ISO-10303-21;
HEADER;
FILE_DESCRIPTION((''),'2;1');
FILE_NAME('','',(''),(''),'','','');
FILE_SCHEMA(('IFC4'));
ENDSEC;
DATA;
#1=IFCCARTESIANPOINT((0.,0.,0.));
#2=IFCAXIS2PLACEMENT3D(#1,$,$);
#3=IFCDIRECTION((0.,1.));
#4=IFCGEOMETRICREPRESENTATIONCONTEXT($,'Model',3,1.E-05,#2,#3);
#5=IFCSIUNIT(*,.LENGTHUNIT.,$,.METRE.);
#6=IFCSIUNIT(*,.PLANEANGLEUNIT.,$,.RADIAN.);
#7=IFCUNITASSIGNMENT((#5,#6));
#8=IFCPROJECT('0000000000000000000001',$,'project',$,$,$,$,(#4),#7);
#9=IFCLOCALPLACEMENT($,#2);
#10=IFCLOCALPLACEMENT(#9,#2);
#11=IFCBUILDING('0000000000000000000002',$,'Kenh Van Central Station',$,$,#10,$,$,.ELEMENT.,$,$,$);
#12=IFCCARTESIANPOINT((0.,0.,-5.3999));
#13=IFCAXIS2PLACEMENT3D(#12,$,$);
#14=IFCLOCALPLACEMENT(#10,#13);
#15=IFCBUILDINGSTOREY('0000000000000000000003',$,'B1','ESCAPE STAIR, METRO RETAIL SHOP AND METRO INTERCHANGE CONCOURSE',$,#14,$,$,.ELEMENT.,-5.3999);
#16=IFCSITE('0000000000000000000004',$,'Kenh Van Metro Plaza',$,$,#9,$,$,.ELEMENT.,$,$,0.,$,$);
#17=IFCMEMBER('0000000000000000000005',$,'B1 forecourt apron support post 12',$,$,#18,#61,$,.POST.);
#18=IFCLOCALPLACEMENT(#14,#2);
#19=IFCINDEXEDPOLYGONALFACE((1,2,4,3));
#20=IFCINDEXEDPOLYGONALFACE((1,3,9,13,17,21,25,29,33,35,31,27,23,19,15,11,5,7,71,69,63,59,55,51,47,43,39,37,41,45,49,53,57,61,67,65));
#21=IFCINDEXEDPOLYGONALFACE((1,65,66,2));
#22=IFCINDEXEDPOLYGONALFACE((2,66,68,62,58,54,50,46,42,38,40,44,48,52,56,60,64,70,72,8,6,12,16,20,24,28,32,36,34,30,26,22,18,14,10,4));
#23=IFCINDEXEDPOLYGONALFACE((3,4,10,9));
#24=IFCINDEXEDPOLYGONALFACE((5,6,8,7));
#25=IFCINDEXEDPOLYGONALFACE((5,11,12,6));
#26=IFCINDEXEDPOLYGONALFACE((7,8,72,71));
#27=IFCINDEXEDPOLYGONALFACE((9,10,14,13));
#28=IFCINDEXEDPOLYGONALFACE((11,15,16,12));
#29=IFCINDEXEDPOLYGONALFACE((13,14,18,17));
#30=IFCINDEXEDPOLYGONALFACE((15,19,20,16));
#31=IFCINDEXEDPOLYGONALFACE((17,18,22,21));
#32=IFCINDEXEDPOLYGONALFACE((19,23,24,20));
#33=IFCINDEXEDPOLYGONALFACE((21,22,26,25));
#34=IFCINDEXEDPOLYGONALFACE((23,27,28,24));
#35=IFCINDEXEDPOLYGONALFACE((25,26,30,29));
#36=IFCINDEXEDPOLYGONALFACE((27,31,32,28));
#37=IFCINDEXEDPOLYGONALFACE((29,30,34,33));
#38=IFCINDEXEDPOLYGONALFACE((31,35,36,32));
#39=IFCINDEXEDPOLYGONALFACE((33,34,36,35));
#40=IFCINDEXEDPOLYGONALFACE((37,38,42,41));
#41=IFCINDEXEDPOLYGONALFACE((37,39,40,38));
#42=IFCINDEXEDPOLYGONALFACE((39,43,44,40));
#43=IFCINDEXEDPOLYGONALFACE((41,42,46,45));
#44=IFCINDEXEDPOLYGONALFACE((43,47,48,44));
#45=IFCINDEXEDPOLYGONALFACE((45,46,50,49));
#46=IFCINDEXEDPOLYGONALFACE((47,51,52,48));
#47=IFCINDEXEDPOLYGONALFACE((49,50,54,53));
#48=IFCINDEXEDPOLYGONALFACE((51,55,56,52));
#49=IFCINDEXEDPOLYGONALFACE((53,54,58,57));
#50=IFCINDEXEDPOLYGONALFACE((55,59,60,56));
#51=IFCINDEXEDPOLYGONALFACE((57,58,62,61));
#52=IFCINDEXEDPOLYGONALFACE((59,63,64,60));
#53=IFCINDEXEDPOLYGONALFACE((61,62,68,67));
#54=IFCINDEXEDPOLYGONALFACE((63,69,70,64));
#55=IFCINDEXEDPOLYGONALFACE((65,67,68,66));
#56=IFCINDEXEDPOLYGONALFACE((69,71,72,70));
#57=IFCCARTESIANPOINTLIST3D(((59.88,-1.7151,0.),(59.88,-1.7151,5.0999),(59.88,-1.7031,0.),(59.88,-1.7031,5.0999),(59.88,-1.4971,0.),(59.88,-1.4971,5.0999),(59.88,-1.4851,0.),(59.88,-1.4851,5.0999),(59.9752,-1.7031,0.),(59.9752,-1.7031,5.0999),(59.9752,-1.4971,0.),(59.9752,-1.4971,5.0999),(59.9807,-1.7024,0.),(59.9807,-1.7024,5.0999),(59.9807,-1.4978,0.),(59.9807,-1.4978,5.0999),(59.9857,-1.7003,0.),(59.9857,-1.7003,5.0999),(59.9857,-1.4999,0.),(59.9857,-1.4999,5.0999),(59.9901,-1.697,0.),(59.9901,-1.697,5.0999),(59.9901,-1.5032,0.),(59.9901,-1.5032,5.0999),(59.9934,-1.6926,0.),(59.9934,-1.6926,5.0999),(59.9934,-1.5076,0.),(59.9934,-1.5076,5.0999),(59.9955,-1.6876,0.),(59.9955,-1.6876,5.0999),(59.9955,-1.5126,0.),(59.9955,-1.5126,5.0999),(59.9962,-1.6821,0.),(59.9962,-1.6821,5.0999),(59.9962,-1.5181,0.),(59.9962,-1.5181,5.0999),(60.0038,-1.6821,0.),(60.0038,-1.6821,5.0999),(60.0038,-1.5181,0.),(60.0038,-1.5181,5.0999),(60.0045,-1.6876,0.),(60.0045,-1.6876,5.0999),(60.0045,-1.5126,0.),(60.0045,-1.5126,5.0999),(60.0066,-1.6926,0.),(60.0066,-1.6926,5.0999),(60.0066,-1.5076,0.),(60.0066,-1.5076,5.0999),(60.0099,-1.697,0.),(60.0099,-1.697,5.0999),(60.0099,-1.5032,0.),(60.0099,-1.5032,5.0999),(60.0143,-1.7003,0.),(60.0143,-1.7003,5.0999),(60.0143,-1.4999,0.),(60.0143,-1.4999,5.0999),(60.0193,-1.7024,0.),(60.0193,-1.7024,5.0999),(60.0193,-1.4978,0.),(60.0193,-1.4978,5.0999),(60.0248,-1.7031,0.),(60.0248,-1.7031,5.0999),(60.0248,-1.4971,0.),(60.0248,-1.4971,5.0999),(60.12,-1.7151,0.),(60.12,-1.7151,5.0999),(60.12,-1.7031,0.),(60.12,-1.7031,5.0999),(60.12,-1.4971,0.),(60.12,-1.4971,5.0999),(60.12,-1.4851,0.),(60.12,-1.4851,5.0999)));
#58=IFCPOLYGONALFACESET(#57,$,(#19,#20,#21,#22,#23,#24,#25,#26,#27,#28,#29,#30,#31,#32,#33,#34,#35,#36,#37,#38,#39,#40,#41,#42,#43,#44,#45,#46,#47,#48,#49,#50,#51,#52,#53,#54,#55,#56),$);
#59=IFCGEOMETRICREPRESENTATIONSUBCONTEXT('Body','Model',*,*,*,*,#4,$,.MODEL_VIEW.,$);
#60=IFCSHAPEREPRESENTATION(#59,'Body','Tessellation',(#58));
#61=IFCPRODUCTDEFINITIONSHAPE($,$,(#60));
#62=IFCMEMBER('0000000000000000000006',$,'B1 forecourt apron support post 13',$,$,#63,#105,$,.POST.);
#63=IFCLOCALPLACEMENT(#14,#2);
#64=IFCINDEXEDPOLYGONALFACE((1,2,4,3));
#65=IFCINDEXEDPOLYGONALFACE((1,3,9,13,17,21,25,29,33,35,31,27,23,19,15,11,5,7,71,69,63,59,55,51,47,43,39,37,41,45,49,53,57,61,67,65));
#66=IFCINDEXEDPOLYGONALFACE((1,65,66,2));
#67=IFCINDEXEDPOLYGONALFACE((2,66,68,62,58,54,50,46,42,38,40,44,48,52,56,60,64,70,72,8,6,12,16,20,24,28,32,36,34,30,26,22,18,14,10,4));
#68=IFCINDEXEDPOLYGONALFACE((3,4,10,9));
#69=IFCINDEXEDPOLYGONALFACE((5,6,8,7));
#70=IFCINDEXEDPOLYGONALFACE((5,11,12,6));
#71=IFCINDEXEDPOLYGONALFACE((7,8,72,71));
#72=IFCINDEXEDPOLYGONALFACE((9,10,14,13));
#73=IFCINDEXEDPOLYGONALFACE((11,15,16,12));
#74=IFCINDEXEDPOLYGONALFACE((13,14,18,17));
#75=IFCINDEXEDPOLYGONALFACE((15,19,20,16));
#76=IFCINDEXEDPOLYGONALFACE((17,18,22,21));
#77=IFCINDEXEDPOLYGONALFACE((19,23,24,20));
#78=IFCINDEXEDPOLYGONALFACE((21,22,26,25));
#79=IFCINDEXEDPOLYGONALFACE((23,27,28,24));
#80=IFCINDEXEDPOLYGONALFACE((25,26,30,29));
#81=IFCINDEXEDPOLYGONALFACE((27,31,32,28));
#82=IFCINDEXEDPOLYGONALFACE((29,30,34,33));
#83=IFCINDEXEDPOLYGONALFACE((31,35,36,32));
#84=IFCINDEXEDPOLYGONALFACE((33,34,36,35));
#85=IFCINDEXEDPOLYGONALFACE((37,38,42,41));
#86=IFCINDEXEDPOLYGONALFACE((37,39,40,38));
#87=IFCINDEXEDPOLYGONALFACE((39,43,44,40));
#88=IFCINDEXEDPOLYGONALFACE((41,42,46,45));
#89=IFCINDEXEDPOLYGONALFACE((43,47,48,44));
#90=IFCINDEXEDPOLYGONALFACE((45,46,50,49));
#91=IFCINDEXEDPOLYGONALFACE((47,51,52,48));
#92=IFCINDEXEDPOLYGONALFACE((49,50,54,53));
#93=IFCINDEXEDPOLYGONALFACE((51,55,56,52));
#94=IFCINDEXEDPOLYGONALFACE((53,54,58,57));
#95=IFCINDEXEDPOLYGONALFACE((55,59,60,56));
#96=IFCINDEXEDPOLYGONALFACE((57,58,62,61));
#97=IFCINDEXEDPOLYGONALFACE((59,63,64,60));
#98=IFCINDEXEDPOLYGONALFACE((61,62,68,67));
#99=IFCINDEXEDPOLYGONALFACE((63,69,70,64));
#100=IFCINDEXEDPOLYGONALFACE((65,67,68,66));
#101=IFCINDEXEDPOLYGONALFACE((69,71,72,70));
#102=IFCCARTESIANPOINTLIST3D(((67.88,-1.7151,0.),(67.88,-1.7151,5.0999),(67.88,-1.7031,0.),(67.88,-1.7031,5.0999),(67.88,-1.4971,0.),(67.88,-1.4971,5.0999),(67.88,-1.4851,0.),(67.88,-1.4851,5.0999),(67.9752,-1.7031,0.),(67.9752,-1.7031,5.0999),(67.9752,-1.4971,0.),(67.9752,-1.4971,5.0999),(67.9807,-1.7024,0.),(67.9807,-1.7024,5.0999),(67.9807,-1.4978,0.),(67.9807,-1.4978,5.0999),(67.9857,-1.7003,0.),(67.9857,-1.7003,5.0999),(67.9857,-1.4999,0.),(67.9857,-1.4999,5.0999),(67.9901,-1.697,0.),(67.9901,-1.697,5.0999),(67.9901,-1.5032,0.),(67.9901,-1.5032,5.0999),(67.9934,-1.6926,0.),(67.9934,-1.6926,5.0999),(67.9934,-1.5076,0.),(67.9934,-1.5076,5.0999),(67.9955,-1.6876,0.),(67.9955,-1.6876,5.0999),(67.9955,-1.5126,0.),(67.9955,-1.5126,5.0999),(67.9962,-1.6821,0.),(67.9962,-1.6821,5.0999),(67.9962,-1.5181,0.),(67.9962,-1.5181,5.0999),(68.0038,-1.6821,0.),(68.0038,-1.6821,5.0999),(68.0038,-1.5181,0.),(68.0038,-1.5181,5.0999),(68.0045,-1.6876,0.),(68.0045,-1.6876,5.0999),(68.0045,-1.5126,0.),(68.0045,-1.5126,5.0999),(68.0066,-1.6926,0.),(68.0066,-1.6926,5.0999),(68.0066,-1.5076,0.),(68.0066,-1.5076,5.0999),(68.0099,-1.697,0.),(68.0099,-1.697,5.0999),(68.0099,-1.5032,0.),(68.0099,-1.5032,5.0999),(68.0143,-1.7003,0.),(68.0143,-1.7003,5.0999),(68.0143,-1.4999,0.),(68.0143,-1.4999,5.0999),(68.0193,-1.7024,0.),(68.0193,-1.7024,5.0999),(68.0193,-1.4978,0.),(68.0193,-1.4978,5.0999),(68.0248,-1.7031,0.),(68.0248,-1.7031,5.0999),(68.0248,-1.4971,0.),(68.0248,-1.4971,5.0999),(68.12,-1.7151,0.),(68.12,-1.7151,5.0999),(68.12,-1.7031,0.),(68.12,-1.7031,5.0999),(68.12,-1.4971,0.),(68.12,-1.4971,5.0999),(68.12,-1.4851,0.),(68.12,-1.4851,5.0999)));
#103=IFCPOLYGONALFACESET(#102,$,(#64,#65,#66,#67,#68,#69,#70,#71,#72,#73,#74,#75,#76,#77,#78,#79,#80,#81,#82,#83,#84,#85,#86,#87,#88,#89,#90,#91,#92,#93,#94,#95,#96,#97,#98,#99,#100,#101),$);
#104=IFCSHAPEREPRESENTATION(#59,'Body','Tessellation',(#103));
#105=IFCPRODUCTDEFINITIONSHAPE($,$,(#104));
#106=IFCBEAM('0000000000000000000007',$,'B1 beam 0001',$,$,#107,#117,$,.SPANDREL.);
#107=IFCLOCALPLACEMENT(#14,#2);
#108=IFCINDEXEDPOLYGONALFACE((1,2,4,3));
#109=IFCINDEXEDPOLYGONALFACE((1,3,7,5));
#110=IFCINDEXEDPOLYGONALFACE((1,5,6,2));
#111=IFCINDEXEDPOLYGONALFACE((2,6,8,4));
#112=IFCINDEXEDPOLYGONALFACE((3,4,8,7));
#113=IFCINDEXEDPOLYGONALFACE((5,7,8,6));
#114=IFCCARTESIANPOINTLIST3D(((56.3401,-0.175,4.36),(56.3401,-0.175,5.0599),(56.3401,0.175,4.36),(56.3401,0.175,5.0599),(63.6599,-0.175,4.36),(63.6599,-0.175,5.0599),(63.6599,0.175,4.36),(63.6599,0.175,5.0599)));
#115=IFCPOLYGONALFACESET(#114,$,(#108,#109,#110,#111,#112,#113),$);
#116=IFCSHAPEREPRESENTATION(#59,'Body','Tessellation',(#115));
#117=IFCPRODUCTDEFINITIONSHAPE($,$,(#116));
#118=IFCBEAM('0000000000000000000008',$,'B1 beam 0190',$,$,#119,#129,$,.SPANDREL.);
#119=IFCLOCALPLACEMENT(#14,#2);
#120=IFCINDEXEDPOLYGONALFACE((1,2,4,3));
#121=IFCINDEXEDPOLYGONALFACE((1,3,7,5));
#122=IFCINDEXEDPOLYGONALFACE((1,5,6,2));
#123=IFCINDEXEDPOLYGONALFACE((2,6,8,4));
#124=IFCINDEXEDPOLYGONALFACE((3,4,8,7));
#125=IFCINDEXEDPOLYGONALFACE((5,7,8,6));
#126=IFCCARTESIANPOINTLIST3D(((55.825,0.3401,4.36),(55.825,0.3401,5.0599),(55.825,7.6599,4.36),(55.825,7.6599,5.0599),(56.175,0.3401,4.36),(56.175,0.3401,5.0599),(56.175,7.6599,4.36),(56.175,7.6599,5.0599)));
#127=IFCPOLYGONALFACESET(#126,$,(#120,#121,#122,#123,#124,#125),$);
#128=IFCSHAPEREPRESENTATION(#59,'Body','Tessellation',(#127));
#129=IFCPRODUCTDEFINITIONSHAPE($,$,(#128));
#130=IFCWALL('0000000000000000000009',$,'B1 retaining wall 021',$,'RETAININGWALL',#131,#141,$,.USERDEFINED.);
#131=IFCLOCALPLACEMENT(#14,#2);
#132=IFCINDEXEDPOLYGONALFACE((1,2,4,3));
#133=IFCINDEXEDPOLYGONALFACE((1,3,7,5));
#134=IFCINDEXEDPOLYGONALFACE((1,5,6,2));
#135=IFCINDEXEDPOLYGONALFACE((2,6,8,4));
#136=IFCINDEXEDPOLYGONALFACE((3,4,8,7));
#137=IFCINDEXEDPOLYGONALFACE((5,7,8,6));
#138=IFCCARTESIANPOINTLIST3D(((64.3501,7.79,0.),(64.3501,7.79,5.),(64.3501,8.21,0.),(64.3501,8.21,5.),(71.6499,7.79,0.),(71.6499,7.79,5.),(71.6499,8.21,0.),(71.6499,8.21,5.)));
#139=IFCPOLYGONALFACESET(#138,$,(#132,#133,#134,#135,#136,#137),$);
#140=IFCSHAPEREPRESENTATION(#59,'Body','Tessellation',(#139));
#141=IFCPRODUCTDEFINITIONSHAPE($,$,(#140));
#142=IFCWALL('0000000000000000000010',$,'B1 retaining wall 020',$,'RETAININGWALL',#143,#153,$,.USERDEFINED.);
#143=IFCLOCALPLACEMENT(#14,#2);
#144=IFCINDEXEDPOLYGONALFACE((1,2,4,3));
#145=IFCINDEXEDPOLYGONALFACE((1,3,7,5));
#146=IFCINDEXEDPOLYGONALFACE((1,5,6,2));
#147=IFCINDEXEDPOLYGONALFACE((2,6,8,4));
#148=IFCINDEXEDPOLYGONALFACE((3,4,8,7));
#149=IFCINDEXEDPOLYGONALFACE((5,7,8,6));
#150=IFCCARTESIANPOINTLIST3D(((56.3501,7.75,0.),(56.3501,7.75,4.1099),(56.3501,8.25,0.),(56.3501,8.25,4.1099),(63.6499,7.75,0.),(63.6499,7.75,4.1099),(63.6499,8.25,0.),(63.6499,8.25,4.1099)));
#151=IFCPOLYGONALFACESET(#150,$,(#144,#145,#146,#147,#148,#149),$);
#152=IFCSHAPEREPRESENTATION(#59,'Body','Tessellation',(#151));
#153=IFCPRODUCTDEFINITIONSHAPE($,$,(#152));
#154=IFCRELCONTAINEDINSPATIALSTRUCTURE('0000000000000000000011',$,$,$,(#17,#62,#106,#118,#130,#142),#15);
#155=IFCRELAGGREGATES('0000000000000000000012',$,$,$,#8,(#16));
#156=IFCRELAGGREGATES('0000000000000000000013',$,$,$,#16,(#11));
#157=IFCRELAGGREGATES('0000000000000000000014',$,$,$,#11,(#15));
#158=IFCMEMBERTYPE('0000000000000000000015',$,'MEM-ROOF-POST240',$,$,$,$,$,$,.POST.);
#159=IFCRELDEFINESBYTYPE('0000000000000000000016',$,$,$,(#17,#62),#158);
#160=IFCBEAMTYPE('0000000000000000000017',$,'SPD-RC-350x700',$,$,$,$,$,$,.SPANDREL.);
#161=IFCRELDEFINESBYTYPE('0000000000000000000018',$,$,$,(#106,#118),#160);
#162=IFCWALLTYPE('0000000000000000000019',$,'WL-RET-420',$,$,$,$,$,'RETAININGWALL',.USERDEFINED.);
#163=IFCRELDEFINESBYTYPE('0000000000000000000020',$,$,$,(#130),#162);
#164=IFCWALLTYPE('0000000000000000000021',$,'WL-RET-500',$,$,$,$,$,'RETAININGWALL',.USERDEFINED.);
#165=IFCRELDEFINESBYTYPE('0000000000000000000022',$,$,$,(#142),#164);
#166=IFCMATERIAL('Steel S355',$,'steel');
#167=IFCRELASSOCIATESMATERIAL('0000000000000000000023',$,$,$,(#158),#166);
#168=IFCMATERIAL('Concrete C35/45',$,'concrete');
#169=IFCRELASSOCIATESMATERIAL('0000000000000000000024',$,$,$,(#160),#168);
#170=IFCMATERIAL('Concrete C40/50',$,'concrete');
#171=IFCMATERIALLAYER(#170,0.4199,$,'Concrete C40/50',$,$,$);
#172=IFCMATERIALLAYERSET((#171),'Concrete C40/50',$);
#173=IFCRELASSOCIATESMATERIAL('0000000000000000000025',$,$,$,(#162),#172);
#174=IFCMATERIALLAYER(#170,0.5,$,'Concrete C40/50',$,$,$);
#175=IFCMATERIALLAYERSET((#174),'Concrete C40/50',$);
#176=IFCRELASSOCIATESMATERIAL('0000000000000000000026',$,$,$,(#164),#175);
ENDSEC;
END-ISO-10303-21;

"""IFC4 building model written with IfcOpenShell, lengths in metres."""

from ifc_helpers import new_model, si_unit, direction, frame, frame_2d, origin, origin_2d, place, context, subcontext, project, spatial, rectangle, i_section, extrude, material, layer, layer_set, material_profile, profile_set, type_object, element, save


model = new_model("IFC4")

# Units and contexts
model_context = context("Model", 3, precision=1e-05, world=origin(), true_north=direction((0.0, 1.0)))
body_context = subcontext(model_context, "Body", "Model", "MODEL_VIEW")
ifc_project = project(units=[si_unit("LENGTHUNIT", "METRE"), si_unit("PLANEANGLEUNIT", "RADIAN")], contexts=[model_context])

# Site, building, storey
site_placement = place(None, origin())
site = spatial("IfcSite", under=ifc_project, at=site_placement, Name="Kenh Van Metro Plaza", CompositionType="ELEMENT", RefElevation=0.0)
building_placement = place(site_placement, origin())
building = spatial("IfcBuilding", under=site, at=building_placement, Name="Kenh Van Central Station", CompositionType="ELEMENT")
storey_placement = place(building_placement, frame((0.0, 0.0, -5.3999)))
storey = spatial("IfcBuildingStorey", under=building, at=storey_placement, Name="B1", Description="ESCAPE STAIR, METRO RETAIL SHOP AND METRO INTERCHANGE CONCOURSE", CompositionType="ELEMENT", Elevation=-5.3999)

# Shared definitions
ifc_material_1 = material(Name="Concrete C40/50", Category="concrete")

# Shared definitions
ifc_material_2 = material(Name="Concrete C35/45", Category="concrete")

# Members
ifc_material_3 = material(Name="Steel S355", Category="steel")
ifc_material_profile_1 = material_profile(ifc_material_3, i_section(OverallWidth=0.24, OverallDepth=0.23, WebThickness=0.0076, FlangeThickness=0.012, FilletRadius=0.021, at=origin_2d()), Name="HEA 240")
ifc_profile_set_1 = profile_set([ifc_material_profile_1], Name="Steel S355")
member_type = type_object("IfcMemberType", Name="MEM-ROOF-POST240", PredefinedType="POST", material=ifc_profile_set_1)
for number, where, z_axis, x_axis, name in (
    (1, (60.0, -1.6001, 0.0), (0.0, 0.0, 1.0), (1.0, 0.0, 0.0), "B1 forecourt apron support post 12"),
    (2, (68.0, -1.6001, 0.0), (0.0, 0.0, 1.0), (1.0, 0.0, 0.0), "B1 forecourt apron support post 13"),
):
    element("IfcMember", number, at=place(storey_placement, frame(where, z_axis=z_axis, x_axis=x_axis)), inside=storey, type_object=member_type, Name=name, PredefinedType="POST", context=body_context, shape_type="SweptSolid", body=[
        extrude(i_section(OverallWidth=0.24, OverallDepth=0.23, WebThickness=0.0076, FlangeThickness=0.012, FilletRadius=0.021, at=origin_2d()), origin(), (0.0, 0.0, 1.0), 5.0999),
    ])

# Beams
ifc_material_profile_2 = material_profile(ifc_material_2, rectangle(XDim=0.3501, YDim=0.7, at=origin_2d()), Name="RC 350x700")
ifc_profile_set_2 = profile_set([ifc_material_profile_2], Name="Concrete C35/45")
beam_type_1 = type_object("IfcBeamType", Name="SPD-RC-350x700", PredefinedType="SPANDREL", material=ifc_profile_set_2)
for number, where, z_axis, x_axis, name in (
    (3, (56.3401, 0.0, 4.71), (1.0, 0.0, 0.0), (0.0, 1.0, 0.0), "B1 beam 0001"),
    (4, (56.0, 0.3401, 4.71), (0.0, 1.0, 0.0), (-1.0, 0.0, 0.0), "B1 beam 0190"),
):
    element("IfcBeam", number, at=place(storey_placement, frame(where, z_axis=z_axis, x_axis=x_axis)), inside=storey, type_object=beam_type_1, Name=name, PredefinedType="SPANDREL", context=body_context, shape_type="SweptSolid", body=[
        extrude(rectangle(XDim=0.3501, YDim=0.7, at=origin_2d()), origin(), (0.0, 0.0, 1.0), 7.3198),
    ])

# Walls
ifc_layer_1 = layer(ifc_material_1, 0.4199, Name="Concrete C40/50")
ifc_layer_set_1 = layer_set([ifc_layer_1], Name="Concrete C40/50")
wall_type_1 = type_object("IfcWallType", Name="WL-RET-420", ElementType="RETAININGWALL", PredefinedType="USERDEFINED", material=ifc_layer_set_1)
wall_1_placement = place(storey_placement, frame((64.3501, 8.0, 0.0), z_axis=(0.0, 0.0, 1.0), x_axis=(1.0, 0.0, 0.0)))
element("IfcWall", 5, at=wall_1_placement, inside=storey, type_object=wall_type_1, Name="B1 retaining wall 021", ObjectType="RETAININGWALL", PredefinedType="USERDEFINED", context=body_context, shape_type="SweptSolid", body=[
    extrude(rectangle(XDim=7.2998, YDim=0.4199, at=frame_2d((3.6499, 0.0))), origin(), (0.0, 0.0, 1.0), 5.0),
])
ifc_layer_2 = layer(ifc_material_1, 0.5, Name="Concrete C40/50")
ifc_layer_set_2 = layer_set([ifc_layer_2], Name="Concrete C40/50")
wall_type_2 = type_object("IfcWallType", Name="WL-RET-500", ElementType="RETAININGWALL", PredefinedType="USERDEFINED", material=ifc_layer_set_2)
wall_2_placement = place(storey_placement, frame((56.3501, 8.0, 0.0), z_axis=(0.0, 0.0, 1.0), x_axis=(1.0, 0.0, 0.0)))
element("IfcWall", 6, at=wall_2_placement, inside=storey, type_object=wall_type_2, Name="B1 retaining wall 020", ObjectType="RETAININGWALL", PredefinedType="USERDEFINED", context=body_context, shape_type="SweptSolid", body=[
    extrude(rectangle(XDim=7.2998, YDim=0.5, at=frame_2d((3.6499, 0.0))), origin(), (0.0, 0.0, 1.0), 4.1099),
])

save(model, "model.ifc")
